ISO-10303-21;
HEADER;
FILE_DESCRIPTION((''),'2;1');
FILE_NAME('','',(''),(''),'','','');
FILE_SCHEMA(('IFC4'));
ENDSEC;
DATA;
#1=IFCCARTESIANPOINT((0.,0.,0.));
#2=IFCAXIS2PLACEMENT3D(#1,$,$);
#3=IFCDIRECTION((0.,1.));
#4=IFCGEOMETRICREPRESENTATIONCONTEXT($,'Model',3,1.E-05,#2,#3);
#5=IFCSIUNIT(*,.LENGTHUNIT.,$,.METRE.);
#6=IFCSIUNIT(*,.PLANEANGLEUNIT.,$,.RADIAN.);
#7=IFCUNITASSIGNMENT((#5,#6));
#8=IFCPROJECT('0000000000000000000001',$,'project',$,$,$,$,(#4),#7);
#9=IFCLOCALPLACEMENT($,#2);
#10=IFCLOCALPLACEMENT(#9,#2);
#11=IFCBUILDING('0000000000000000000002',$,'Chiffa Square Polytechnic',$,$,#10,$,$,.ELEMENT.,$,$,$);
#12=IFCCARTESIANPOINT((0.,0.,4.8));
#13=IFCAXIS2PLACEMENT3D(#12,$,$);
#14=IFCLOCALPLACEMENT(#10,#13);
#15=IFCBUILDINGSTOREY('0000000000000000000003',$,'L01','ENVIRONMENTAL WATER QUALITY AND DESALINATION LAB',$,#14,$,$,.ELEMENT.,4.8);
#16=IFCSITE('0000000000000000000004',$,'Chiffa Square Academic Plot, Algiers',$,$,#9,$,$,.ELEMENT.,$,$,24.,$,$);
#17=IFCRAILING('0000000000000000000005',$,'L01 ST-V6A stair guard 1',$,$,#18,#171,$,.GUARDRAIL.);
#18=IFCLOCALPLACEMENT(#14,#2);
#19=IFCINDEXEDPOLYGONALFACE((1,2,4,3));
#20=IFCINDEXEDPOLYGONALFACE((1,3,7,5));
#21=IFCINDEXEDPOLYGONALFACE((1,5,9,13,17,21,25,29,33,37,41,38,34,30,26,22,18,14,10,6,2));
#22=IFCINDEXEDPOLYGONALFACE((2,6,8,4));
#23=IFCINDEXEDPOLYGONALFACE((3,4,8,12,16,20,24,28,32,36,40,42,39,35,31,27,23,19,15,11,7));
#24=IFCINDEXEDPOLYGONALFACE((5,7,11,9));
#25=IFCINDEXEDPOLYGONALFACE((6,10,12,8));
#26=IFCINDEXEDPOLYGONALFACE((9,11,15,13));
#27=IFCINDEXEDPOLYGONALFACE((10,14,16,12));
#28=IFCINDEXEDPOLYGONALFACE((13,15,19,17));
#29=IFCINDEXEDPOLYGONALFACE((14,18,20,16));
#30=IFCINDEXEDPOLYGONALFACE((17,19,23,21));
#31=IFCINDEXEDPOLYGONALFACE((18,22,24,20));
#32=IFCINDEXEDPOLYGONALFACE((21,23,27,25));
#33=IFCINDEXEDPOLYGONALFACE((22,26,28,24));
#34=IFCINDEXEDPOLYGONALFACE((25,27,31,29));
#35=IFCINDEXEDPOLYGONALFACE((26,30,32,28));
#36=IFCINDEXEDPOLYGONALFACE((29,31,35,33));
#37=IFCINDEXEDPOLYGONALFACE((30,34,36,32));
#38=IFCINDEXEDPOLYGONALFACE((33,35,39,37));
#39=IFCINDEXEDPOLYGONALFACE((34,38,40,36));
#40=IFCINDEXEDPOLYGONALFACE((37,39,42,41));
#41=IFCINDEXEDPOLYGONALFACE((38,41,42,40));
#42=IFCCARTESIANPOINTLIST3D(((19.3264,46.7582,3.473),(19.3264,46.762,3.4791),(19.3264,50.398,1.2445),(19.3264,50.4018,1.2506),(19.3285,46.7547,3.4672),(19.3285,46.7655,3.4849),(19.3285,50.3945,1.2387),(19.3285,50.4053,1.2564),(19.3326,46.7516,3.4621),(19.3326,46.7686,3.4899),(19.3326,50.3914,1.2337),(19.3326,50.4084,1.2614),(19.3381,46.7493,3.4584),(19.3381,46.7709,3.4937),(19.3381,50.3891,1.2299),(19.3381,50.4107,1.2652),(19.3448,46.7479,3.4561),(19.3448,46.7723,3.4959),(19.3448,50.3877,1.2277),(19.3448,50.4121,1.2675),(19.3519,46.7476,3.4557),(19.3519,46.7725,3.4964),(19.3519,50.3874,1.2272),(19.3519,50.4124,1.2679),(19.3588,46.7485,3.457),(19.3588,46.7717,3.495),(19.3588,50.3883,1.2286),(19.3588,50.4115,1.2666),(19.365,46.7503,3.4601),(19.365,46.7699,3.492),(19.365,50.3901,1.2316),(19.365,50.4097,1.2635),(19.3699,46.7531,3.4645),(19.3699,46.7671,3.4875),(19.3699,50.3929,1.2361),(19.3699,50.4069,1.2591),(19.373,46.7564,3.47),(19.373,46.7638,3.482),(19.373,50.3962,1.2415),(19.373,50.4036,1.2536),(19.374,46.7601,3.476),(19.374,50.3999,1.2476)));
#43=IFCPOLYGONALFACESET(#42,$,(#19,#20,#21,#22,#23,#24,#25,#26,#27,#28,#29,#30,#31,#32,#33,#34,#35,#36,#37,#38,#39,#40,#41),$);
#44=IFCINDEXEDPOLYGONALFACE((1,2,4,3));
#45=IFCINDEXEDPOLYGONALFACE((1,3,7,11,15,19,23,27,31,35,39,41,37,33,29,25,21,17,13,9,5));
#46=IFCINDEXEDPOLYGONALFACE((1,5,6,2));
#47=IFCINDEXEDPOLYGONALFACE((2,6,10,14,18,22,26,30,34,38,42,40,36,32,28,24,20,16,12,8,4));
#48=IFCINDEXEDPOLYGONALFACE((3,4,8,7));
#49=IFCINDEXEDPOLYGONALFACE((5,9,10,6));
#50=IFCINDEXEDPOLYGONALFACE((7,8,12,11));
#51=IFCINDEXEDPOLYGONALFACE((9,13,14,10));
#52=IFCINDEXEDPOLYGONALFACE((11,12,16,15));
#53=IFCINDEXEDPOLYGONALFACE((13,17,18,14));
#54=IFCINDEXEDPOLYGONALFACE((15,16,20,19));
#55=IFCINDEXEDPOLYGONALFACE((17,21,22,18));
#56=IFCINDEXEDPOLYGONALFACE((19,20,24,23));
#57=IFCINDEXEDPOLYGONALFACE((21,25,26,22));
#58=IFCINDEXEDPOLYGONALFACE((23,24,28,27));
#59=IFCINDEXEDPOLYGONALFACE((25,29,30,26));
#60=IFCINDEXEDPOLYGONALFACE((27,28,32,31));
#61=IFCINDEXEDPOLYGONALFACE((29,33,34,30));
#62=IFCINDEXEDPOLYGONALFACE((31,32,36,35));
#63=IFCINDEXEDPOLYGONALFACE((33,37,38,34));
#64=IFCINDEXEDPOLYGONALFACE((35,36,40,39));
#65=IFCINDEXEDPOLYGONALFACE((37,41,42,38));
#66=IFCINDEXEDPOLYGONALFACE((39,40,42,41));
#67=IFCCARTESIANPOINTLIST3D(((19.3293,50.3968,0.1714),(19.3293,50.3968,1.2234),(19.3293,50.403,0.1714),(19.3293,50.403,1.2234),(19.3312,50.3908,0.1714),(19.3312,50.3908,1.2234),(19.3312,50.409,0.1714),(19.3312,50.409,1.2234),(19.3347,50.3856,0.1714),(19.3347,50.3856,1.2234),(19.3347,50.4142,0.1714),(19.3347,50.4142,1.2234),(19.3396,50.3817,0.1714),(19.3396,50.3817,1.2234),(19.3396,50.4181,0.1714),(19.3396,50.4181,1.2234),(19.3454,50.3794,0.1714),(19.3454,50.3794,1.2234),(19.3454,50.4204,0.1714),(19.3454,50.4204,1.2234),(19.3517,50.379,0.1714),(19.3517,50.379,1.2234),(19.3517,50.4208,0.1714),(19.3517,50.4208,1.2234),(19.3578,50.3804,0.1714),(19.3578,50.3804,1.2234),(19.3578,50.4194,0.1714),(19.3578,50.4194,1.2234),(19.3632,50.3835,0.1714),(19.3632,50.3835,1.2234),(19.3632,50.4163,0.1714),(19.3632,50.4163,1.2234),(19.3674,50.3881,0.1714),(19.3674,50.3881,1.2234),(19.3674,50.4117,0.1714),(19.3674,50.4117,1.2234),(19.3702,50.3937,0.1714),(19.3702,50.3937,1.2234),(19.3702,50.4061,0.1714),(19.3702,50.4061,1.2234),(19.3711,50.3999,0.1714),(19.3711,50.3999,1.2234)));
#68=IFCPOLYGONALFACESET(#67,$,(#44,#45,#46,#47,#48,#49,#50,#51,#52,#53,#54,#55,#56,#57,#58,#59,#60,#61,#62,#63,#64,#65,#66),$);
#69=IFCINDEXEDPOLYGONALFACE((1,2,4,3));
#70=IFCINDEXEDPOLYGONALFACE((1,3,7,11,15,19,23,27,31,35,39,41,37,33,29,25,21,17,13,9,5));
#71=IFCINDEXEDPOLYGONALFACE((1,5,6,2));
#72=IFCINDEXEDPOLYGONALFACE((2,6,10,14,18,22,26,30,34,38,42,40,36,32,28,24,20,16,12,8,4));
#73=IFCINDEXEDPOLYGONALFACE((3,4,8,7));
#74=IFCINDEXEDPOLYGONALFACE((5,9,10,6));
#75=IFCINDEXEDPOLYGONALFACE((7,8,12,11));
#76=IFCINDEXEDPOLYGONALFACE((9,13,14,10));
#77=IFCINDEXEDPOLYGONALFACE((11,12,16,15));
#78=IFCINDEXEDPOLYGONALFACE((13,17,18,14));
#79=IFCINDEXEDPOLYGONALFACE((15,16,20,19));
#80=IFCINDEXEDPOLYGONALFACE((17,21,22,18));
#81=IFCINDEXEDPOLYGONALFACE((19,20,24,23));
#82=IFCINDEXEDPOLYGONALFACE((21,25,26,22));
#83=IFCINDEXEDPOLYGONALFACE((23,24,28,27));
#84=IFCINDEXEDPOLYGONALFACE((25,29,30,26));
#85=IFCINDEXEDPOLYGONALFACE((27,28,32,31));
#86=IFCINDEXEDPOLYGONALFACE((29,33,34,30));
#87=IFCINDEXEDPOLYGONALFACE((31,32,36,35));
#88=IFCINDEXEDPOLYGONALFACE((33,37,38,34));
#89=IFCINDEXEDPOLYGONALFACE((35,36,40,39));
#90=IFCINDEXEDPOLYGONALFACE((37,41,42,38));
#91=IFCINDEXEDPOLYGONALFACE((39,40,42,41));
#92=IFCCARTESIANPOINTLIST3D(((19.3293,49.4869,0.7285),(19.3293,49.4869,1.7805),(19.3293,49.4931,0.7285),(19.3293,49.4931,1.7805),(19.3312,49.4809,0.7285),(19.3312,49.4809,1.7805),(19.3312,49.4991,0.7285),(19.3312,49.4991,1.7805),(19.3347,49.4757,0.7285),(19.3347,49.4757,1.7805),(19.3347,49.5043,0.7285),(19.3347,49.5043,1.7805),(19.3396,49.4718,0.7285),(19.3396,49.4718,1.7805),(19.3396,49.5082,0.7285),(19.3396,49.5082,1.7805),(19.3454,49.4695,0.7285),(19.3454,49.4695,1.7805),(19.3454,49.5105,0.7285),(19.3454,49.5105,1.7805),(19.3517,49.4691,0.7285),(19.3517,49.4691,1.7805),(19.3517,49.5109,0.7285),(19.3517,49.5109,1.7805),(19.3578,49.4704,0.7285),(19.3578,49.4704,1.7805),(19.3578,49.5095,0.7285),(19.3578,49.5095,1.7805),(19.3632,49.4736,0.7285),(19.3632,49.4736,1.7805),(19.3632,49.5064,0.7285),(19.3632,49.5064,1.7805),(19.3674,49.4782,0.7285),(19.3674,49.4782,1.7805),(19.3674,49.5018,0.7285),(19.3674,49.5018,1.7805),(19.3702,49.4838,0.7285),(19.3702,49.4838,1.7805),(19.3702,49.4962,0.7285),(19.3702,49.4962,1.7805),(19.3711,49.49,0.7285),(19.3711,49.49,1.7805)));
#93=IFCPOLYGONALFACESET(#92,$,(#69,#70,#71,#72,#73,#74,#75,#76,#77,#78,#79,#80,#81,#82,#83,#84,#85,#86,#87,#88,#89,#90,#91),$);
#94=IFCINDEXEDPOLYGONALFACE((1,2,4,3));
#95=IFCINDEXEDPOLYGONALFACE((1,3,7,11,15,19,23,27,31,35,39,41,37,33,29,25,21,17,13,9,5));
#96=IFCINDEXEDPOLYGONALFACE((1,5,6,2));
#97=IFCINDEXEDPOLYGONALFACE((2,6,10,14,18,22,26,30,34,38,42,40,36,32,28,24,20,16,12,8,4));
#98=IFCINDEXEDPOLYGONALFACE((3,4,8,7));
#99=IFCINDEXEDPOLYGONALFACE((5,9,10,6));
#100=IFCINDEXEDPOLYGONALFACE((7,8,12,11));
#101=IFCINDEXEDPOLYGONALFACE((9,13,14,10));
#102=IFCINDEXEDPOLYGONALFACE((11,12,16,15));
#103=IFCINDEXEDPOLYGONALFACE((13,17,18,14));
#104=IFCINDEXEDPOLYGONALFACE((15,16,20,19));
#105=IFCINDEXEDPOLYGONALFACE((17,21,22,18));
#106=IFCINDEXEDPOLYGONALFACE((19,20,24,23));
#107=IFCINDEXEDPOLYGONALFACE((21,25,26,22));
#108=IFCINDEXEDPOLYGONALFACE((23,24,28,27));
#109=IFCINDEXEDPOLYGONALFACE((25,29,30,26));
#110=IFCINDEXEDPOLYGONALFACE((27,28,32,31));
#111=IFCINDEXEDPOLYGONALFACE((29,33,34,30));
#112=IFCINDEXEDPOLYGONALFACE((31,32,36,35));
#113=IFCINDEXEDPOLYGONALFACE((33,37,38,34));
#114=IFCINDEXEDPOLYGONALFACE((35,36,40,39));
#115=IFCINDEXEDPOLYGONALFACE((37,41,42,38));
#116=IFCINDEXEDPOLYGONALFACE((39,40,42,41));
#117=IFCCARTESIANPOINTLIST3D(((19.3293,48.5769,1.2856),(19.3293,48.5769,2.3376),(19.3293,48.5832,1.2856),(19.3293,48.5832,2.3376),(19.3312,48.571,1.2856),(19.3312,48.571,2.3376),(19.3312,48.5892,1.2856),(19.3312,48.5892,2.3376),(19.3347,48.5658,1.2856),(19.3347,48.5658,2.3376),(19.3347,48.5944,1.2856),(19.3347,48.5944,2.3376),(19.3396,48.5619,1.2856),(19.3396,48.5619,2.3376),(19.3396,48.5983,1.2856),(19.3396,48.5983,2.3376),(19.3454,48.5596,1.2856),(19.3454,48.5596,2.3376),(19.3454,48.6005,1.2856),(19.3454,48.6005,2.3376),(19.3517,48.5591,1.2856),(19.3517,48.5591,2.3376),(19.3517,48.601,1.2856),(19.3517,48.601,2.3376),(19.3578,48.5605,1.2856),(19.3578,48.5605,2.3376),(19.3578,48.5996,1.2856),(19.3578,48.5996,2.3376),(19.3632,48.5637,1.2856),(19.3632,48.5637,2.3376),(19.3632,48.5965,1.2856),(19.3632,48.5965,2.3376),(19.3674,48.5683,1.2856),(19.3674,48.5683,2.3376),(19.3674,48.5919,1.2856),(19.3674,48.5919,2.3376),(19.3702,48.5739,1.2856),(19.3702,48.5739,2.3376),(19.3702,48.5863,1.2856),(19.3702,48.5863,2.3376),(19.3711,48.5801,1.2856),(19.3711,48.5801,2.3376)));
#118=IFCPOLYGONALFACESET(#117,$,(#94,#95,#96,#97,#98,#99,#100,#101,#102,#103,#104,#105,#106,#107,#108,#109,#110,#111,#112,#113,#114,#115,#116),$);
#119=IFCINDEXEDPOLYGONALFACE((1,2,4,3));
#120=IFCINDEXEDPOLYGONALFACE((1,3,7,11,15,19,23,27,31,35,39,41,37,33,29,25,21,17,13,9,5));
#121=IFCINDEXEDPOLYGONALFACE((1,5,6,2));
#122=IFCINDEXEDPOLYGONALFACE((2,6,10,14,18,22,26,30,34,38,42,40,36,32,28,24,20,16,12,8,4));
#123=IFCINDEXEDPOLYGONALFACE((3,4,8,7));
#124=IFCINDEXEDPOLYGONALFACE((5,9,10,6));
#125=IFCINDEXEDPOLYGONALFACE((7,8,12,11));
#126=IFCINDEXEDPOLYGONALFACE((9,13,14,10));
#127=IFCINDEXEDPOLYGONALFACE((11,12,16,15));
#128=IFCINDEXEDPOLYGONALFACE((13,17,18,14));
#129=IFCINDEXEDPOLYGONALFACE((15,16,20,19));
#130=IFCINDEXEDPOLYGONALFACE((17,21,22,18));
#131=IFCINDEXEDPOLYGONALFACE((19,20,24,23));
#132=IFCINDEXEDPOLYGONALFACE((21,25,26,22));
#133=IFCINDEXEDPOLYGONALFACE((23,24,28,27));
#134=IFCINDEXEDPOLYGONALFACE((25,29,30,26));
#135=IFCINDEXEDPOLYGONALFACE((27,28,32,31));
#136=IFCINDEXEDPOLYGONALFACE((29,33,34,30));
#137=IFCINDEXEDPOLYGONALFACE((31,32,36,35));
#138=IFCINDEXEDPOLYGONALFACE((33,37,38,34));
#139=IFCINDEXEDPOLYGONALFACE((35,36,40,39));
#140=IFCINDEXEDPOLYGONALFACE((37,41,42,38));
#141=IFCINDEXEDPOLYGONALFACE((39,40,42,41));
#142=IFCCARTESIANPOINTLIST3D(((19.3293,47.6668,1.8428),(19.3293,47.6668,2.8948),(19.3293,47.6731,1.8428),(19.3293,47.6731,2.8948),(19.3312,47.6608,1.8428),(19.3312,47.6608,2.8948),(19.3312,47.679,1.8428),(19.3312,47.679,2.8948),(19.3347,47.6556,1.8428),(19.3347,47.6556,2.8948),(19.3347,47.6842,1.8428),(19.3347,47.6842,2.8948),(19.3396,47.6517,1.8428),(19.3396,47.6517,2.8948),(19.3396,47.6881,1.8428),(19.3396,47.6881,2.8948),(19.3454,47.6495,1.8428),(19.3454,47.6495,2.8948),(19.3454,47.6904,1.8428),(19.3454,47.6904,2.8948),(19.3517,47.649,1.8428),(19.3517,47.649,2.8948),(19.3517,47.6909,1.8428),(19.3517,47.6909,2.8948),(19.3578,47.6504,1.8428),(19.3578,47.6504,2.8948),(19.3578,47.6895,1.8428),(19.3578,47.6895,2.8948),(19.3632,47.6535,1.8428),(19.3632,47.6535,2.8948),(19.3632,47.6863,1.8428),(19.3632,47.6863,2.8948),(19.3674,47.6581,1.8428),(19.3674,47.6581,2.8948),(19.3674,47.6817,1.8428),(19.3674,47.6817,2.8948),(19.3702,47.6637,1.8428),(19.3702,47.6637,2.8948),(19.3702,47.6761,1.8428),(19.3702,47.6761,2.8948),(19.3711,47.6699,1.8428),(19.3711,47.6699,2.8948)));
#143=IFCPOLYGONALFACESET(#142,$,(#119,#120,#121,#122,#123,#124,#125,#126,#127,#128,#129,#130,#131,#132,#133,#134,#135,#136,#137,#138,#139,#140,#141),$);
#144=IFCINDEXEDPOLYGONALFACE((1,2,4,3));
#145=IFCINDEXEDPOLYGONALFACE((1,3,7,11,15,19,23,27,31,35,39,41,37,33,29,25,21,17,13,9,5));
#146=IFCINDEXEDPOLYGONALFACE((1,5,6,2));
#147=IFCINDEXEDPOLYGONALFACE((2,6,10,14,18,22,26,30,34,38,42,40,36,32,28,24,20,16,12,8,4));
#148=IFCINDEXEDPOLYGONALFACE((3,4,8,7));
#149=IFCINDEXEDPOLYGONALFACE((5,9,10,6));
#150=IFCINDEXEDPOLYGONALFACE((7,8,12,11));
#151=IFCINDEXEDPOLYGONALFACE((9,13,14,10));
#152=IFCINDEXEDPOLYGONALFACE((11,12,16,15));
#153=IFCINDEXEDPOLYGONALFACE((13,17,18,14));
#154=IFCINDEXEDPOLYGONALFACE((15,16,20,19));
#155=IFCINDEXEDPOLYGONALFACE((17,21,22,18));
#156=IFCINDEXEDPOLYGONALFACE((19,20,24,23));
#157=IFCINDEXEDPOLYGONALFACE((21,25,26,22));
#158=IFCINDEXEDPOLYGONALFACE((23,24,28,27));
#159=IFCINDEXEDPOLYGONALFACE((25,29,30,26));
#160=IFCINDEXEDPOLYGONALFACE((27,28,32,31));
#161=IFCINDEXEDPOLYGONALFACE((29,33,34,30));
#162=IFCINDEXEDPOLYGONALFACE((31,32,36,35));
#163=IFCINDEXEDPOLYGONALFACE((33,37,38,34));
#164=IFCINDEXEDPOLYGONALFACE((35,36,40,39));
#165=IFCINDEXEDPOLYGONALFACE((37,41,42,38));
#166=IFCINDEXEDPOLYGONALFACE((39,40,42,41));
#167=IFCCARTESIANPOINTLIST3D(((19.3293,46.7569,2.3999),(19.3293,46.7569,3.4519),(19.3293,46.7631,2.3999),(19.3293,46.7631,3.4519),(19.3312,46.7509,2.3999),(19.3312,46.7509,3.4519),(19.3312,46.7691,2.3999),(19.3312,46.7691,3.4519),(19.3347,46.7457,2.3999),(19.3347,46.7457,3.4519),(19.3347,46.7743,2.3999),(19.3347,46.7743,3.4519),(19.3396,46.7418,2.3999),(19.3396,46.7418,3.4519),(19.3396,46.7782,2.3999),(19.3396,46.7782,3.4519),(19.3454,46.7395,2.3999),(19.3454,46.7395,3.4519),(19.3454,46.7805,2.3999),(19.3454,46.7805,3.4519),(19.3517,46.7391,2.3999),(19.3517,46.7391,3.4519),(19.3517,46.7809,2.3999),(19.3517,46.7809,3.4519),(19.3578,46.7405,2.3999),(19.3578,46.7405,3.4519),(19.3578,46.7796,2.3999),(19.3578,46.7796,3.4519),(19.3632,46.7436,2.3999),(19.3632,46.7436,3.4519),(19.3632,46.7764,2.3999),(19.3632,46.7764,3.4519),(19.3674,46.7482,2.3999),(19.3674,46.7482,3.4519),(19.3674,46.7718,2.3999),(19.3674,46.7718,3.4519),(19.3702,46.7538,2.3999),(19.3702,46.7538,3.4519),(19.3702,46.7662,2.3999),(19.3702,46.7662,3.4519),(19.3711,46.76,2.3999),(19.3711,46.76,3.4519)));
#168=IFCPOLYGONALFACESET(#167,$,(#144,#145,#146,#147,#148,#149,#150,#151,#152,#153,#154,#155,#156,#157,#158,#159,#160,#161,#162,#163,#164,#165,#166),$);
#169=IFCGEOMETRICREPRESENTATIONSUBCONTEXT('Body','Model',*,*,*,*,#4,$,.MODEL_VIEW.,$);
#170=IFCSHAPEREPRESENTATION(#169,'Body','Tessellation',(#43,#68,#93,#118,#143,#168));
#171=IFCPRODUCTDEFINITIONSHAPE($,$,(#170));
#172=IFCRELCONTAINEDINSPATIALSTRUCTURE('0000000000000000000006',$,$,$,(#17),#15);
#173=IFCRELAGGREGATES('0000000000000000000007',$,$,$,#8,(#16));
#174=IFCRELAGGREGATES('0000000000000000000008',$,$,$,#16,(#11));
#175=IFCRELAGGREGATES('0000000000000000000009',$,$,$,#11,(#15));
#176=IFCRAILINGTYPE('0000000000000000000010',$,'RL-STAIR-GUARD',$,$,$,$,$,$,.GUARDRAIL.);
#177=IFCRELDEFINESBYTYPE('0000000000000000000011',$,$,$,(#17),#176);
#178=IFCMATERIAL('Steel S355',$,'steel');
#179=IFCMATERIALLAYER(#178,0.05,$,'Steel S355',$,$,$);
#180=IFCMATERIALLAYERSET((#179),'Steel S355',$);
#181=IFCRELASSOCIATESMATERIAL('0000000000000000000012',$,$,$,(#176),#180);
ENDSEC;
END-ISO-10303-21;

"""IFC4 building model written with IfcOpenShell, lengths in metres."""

from ifc_helpers import new_model, si_unit, direction, frame, origin, origin_2d, place, context, subcontext, project, spatial, circle, extrude, material, layer, layer_set, type_object, element, save


model = new_model("IFC4")

# Units and contexts
model_context = context("Model", 3, precision=1e-05, world=origin(), true_north=direction((0.0, 1.0)))
body_context = subcontext(model_context, "Body", "Model", "MODEL_VIEW")
ifc_project = project(units=[si_unit("LENGTHUNIT", "METRE"), si_unit("PLANEANGLEUNIT", "RADIAN")], contexts=[model_context])

# Site, building, storey
site_placement = place(None, origin())
site = spatial("IfcSite", under=ifc_project, at=site_placement, Name="Chiffa Square Academic Plot, Algiers", CompositionType="ELEMENT", RefElevation=24.0)
building_placement = place(site_placement, origin())
building = spatial("IfcBuilding", under=site, at=building_placement, Name="Chiffa Square Polytechnic", CompositionType="ELEMENT")
storey_placement = place(building_placement, frame((0.0, 0.0, 4.8)))
storey = spatial("IfcBuildingStorey", under=building, at=storey_placement, Name="L01", Description="ENVIRONMENTAL WATER QUALITY AND DESALINATION LAB", CompositionType="ELEMENT", Elevation=4.8)

# Railing
ifc_material_1 = material(Name="Steel S355", Category="steel")
ifc_layer_1 = layer(ifc_material_1, 0.05, Name="Steel S355")
ifc_layer_set_1 = layer_set([ifc_layer_1], Name="Steel S355")
railing_type_1 = type_object("IfcRailingType", Name="RL-STAIR-GUARD", PredefinedType="GUARDRAIL", material=ifc_layer_set_1)
railing_1_placement = place(storey_placement, frame((19.3501, 50.3999, 0.1714)))
element("IfcRailing", 1, at=railing_1_placement, inside=storey, type_object=railing_type_1, Name="L01 ST-V6A stair guard 1", PredefinedType="GUARDRAIL", context=body_context, shape_type="SweptSolid", body=[
    extrude(circle(Radius=0.0239, at=origin_2d()), frame((0.0, 0.0, 1.0762), z_axis=(0.0, -0.85285, 0.522156), x_axis=(1.0, 0.0, 0.0)), (0.0, 0.0, 1.0), 4.2678),
    extrude(circle(Radius=0.021, at=origin_2d()), origin(), (0.0, 0.0, 1.0), 1.052),
    extrude(circle(Radius=0.021, at=origin_2d()), frame((0.0, -0.9099, 0.5571)), (0.0, 0.0, 1.0), 1.052),
    extrude(circle(Radius=0.021, at=origin_2d()), frame((0.0, -1.8198, 1.1143)), (0.0, 0.0, 1.0), 1.052),
    extrude(circle(Radius=0.021, at=origin_2d()), frame((0.0, -2.73, 1.6714)), (0.0, 0.0, 1.0), 1.052),
    extrude(circle(Radius=0.021, at=origin_2d()), frame((0.0, -3.6399, 2.2285)), (0.0, 0.0, 1.0), 1.052),
])

save(model, "model.ifc")
